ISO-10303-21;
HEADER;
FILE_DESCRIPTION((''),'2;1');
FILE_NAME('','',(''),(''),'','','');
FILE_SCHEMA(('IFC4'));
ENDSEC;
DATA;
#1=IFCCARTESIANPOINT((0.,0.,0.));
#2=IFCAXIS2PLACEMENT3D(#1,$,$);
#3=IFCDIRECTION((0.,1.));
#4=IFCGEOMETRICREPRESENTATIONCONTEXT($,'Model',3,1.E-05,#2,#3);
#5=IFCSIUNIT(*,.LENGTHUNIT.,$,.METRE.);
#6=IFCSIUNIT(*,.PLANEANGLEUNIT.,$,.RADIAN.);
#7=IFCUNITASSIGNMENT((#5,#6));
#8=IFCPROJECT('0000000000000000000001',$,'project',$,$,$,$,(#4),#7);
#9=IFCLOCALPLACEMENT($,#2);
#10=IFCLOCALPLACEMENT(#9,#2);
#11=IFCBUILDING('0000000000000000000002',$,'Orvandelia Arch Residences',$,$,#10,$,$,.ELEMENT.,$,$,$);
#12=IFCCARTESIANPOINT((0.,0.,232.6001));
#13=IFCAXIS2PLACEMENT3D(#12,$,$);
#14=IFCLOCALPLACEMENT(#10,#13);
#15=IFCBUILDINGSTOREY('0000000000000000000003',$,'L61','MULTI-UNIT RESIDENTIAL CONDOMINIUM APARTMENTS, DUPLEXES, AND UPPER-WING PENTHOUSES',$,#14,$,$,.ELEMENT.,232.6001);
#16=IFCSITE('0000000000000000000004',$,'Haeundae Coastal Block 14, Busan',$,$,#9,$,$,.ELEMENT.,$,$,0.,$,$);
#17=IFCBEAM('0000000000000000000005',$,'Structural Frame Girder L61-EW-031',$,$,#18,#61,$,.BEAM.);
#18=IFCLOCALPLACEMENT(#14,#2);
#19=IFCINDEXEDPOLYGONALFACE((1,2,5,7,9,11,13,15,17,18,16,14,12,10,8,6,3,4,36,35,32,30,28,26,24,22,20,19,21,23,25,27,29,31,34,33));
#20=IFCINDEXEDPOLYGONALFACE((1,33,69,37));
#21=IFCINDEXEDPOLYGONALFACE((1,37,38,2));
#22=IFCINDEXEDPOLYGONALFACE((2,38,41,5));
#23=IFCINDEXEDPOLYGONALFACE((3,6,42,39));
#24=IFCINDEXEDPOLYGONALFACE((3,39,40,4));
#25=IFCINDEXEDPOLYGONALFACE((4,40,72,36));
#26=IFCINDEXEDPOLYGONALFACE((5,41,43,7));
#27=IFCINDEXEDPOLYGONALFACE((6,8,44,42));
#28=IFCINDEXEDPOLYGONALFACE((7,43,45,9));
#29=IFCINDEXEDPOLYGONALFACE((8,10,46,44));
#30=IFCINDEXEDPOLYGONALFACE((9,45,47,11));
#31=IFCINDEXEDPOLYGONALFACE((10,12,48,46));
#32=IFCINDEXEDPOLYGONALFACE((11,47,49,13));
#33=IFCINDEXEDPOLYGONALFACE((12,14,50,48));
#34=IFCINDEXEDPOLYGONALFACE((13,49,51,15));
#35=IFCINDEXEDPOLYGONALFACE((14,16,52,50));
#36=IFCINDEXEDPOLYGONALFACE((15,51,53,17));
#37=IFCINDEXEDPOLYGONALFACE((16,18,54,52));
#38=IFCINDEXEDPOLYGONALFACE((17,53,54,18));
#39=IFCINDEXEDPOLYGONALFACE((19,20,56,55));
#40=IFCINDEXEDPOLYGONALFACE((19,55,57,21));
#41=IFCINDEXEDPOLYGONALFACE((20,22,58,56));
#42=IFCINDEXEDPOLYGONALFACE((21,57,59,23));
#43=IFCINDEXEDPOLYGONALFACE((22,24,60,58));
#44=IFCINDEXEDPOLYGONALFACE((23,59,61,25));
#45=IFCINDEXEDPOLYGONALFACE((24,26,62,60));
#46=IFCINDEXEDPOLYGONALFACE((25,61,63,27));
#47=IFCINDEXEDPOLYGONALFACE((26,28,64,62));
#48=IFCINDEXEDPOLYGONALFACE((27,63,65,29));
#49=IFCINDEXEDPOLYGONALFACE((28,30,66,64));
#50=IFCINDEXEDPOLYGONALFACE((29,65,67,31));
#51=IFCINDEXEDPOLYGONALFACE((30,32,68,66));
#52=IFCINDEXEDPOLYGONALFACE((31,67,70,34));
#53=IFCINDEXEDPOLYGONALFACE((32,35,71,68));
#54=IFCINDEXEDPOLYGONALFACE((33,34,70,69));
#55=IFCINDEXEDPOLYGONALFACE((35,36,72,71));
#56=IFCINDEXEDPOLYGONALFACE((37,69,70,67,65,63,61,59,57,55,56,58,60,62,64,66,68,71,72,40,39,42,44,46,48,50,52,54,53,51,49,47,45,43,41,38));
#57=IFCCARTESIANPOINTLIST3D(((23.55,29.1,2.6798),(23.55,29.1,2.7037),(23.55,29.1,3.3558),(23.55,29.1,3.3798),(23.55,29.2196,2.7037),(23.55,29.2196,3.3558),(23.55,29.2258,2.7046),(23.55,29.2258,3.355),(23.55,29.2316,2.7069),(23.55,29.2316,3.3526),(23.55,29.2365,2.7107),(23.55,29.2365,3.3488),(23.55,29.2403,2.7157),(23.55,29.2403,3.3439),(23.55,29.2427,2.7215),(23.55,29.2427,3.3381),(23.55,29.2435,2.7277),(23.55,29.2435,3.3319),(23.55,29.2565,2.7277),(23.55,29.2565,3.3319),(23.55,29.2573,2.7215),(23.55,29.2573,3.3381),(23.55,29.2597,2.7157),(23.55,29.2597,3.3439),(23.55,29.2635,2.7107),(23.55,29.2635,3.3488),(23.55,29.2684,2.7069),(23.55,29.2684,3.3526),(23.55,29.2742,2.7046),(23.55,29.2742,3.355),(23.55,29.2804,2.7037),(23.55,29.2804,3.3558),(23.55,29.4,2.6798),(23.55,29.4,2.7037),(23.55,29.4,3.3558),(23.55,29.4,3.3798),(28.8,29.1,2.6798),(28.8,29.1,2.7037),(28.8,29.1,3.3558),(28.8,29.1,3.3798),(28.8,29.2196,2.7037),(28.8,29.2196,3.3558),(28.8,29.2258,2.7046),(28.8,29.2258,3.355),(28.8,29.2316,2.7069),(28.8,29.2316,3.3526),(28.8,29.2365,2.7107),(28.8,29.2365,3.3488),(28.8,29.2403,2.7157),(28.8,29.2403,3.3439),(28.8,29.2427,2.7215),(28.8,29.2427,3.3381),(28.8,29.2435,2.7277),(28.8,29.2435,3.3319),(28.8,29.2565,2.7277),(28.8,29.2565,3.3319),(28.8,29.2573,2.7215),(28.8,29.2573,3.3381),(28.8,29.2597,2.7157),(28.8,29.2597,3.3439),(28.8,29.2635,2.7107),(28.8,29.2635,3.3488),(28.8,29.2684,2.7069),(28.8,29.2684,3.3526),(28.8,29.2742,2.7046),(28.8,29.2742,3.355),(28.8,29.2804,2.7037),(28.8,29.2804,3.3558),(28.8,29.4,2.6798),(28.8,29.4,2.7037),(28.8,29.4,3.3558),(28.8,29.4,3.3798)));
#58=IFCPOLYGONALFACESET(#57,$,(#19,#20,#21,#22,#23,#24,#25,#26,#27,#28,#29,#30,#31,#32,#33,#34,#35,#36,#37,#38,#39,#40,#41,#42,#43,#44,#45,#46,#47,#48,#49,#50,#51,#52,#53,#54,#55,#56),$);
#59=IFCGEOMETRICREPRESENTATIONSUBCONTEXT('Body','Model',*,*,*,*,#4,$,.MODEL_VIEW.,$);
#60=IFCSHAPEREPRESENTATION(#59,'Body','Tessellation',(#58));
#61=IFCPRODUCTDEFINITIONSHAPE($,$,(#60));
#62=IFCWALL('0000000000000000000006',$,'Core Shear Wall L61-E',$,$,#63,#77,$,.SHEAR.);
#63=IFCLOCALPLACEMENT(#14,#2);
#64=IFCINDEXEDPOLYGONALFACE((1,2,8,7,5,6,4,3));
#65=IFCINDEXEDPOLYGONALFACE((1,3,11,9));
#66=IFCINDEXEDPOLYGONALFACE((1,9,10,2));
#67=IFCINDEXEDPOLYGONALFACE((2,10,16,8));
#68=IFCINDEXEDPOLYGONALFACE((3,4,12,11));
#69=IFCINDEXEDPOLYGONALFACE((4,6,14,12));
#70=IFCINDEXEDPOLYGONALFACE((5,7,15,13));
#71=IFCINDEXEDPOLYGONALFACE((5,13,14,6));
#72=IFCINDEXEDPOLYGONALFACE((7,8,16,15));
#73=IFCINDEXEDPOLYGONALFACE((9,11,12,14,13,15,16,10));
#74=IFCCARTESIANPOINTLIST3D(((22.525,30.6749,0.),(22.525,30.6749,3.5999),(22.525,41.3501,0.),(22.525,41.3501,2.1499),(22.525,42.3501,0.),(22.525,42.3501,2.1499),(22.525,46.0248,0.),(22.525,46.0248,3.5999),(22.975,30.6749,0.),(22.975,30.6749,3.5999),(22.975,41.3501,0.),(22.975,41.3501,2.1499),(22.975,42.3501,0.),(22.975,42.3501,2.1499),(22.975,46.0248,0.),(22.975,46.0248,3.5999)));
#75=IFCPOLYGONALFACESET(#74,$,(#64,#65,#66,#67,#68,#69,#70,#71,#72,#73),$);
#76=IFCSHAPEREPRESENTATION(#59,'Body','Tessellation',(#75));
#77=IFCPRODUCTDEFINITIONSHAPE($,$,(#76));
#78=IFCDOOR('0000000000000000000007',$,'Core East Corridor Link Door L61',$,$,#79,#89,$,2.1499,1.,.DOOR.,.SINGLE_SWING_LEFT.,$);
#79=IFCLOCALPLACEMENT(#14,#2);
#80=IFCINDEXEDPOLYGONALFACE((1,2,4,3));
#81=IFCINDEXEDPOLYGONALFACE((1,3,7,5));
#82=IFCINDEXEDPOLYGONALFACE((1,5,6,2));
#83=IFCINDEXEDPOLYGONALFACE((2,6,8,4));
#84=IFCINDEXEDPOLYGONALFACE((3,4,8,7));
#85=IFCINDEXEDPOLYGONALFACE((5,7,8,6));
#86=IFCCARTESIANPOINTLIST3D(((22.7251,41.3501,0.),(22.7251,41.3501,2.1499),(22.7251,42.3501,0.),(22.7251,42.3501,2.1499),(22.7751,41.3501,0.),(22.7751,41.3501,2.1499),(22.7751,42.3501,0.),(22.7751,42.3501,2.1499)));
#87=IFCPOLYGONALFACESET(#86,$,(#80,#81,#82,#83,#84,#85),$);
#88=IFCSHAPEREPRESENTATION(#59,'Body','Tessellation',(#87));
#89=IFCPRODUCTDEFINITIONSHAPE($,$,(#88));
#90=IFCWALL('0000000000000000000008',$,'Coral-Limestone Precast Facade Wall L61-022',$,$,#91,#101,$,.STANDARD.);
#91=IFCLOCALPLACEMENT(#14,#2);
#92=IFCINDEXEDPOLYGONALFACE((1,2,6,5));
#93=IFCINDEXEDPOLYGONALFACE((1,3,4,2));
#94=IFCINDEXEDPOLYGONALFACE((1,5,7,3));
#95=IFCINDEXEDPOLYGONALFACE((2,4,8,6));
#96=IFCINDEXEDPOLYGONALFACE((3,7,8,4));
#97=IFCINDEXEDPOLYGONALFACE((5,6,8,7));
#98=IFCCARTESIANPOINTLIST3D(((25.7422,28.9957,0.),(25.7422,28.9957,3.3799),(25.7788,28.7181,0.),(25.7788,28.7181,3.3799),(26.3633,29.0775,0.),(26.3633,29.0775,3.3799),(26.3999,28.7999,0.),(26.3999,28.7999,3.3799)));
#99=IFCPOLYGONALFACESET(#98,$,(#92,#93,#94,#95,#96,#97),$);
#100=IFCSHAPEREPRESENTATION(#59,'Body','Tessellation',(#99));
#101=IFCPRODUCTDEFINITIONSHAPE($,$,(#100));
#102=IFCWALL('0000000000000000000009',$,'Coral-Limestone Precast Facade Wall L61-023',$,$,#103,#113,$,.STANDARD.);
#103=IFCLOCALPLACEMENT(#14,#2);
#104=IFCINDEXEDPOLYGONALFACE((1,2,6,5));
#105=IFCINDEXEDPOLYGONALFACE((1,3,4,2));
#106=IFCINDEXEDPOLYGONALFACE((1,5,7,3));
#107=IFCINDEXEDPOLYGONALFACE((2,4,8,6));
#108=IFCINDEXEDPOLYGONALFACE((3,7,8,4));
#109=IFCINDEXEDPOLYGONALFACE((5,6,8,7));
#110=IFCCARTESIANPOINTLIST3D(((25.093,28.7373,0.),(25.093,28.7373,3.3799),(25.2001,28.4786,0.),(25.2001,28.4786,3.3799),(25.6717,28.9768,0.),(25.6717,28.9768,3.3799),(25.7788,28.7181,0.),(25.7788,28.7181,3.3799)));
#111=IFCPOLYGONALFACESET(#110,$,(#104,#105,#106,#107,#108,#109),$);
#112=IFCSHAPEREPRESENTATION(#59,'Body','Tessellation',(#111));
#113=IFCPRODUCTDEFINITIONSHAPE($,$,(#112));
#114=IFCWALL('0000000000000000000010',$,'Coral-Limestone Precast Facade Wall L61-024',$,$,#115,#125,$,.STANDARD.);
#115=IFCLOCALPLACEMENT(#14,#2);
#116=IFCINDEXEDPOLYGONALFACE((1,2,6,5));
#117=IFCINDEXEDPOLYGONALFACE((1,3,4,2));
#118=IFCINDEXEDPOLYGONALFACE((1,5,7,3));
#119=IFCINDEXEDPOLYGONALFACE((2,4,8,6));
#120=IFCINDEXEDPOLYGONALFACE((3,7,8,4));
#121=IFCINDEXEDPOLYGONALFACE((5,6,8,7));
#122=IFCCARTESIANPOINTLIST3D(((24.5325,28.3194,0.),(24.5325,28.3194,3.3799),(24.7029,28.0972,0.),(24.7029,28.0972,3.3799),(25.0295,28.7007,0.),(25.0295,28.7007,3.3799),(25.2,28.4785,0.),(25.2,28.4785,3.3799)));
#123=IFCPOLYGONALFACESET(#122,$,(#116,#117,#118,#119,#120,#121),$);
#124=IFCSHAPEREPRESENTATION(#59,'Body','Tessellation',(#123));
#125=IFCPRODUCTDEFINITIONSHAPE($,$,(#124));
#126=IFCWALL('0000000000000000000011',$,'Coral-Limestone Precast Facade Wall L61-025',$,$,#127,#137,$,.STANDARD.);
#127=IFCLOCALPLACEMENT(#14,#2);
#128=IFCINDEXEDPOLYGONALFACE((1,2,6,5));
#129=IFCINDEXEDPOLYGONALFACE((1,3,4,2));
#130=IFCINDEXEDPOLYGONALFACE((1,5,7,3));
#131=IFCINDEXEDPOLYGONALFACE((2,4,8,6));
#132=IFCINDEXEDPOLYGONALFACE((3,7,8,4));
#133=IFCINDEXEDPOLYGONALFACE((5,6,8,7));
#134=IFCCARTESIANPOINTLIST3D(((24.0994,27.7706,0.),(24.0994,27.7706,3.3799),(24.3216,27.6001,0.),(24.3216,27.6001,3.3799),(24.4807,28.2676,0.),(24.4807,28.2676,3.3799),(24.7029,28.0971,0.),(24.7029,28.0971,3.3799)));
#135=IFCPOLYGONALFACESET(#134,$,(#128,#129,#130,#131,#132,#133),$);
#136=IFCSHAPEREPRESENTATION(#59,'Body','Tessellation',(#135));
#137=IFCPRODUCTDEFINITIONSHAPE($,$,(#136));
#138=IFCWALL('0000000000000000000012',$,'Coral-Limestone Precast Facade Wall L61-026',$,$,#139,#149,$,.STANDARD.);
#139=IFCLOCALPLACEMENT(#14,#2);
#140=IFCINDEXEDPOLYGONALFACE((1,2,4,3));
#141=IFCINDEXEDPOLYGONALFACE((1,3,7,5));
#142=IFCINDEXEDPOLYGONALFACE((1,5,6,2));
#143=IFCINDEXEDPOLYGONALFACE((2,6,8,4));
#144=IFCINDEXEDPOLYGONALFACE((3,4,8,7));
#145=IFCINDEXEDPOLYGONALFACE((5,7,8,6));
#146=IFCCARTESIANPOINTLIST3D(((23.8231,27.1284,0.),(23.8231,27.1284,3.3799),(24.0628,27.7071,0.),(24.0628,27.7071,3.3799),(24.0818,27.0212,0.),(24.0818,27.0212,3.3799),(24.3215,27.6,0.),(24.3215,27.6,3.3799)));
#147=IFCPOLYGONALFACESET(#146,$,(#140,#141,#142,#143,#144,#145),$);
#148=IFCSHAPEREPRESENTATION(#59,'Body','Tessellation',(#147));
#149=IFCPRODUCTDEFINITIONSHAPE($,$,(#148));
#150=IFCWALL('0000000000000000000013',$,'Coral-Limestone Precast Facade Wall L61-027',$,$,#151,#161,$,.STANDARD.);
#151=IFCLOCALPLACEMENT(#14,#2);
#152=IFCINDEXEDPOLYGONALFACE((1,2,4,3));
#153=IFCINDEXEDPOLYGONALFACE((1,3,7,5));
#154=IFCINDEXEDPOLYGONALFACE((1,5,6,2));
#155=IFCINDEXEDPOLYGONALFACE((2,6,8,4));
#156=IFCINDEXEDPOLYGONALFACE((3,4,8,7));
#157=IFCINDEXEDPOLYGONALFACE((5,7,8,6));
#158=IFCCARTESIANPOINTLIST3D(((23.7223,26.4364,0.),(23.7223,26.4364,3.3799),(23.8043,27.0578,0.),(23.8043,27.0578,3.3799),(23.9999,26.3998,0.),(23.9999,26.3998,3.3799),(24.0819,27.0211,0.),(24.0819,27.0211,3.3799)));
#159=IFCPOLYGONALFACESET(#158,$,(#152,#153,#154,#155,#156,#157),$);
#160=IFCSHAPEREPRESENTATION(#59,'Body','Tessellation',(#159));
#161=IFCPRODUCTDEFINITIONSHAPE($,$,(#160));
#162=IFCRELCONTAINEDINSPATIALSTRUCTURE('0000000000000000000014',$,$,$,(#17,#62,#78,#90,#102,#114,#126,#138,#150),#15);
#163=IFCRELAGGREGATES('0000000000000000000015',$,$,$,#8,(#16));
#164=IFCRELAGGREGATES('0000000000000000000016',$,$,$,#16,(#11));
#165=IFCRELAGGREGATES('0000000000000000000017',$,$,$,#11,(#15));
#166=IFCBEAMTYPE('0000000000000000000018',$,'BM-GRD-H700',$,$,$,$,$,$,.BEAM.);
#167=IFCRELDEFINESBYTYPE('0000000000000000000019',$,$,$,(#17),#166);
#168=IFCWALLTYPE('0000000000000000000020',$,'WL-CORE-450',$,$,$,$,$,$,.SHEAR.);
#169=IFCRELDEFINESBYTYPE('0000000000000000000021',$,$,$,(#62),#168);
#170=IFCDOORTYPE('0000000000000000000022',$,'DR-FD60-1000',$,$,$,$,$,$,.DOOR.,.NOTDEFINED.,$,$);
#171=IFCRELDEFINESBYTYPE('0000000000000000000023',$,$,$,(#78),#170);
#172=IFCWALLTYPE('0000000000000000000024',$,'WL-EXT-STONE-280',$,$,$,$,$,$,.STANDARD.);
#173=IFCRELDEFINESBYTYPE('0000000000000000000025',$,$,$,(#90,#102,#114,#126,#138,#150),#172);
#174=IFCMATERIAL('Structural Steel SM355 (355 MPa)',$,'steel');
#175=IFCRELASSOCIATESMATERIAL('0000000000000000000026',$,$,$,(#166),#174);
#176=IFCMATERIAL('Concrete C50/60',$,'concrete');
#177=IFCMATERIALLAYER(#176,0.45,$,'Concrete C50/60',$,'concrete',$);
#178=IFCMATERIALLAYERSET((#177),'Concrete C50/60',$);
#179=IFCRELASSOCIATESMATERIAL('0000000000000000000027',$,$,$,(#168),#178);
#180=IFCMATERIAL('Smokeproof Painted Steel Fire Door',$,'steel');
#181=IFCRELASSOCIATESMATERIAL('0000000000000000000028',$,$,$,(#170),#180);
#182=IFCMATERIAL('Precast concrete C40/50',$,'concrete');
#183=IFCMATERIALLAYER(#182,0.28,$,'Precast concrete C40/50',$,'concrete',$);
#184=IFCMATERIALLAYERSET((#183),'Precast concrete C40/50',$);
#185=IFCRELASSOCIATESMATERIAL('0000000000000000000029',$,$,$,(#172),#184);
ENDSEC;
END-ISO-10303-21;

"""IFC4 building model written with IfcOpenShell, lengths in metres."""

from ifc_helpers import new_model, si_unit, direction, frame, frame_2d, origin, origin_2d, place, context, subcontext, project, spatial, rectangle, i_section, extrude, material, layer, layer_set, material_profile, profile_set, type_object, element, fill, save


model = new_model("IFC4")

# Units and contexts
model_context = context("Model", 3, precision=1e-05, world=origin(), true_north=direction((0.0, 1.0)))
body_context = subcontext(model_context, "Body", "Model", "MODEL_VIEW")
ifc_project = project(units=[si_unit("LENGTHUNIT", "METRE"), si_unit("PLANEANGLEUNIT", "RADIAN")], contexts=[model_context])

# Site, building, storey
site_placement = place(None, origin())
site = spatial("IfcSite", under=ifc_project, at=site_placement, Name="Haeundae Coastal Block 14, Busan", CompositionType="ELEMENT", RefElevation=0.0)
building_placement = place(site_placement, origin())
building = spatial("IfcBuilding", under=site, at=building_placement, Name="Orvandelia Arch Residences", CompositionType="ELEMENT")
storey_placement = place(building_placement, frame((0.0, 0.0, 232.6001)))
storey = spatial("IfcBuildingStorey", under=building, at=storey_placement, Name="L61", Description="MULTI-UNIT RESIDENTIAL CONDOMINIUM APARTMENTS, DUPLEXES, AND UPPER-WING PENTHOUSES", CompositionType="ELEMENT", Elevation=232.6001)

# Beam
ifc_material_1 = material(Name="Structural Steel SM355 (355 MPa)", Category="steel")
ifc_material_profile_1 = material_profile(ifc_material_1, i_section(OverallWidth=0.3, OverallDepth=0.7, WebThickness=0.0129, FlangeThickness=0.0239, FilletRadius=0.0239, at=origin_2d()), Name="Structural Steel SM355 (355 MPa)", Category="steel")
ifc_profile_set_1 = profile_set([ifc_material_profile_1], Name="Structural Steel SM355 (355 MPa)")
beam_type = type_object("IfcBeamType", Name="BM-GRD-H700", PredefinedType="BEAM", material=ifc_profile_set_1)
beam_1_placement = place(storey_placement, frame((23.55, 29.25, 3.0298), z_axis=(1.0, 0.0, 0.0), x_axis=(0.0, 1.0, 0.0)))
element("IfcBeam", 1, at=beam_1_placement, inside=storey, type_object=beam_type, Name="Structural Frame Girder L61-EW-031", PredefinedType="BEAM", context=body_context, shape_type="SweptSolid", body=[
    extrude(i_section(OverallWidth=0.3, OverallDepth=0.7, WebThickness=0.0129, FlangeThickness=0.0239, FilletRadius=0.0239, at=origin_2d()), origin(), (0.0, 0.0, 1.0), 5.25),
])

# Wall, opening, door
ifc_material_2 = material(Name="Concrete C50/60", Category="concrete")
ifc_layer_1 = layer(ifc_material_2, 0.45, Name="Concrete C50/60", Category="concrete")
ifc_layer_set_1 = layer_set([ifc_layer_1], Name="Concrete C50/60")
wall_type_1 = type_object("IfcWallType", Name="WL-CORE-450", PredefinedType="SHEAR", material=ifc_layer_set_1)
wall_1_placement = place(storey_placement, frame((22.75, 30.675, 0.0), z_axis=(0.0, 0.0, 1.0), x_axis=(0.0, 1.0, 0.0)))
wall_1 = element("IfcWall", 2, at=wall_1_placement, inside=storey, type_object=wall_type_1, Name="Core Shear Wall L61-E", PredefinedType="SHEAR", context=body_context, shape_type="SweptSolid", body=[
    extrude(rectangle(XDim=15.3499, YDim=0.45, at=frame_2d((7.6748, 0.0))), origin(), (0.0, 0.0, 1.0), 3.5999),
])
opening_1_placement = place(wall_1_placement, frame((10.675, 0.0, 0.0)))
opening_1 = element("IfcOpeningElement", 3, at=opening_1_placement, cuts=wall_1, PredefinedType="OPENING", context=body_context, shape_type="SweptSolid", body=[
    extrude(rectangle(XDim=1.0, YDim=2.1499, at=frame_2d((0.5, 1.075))), frame((0.0, 0.2349, 0.0), z_axis=(0.0, -1.0, 0.0), x_axis=(1.0, 0.0, 0.0)), (0.0, 0.0, 1.0), 0.47),
])
ifc_material_3 = material(Name="Smokeproof Painted Steel Fire Door", Category="steel")
door_type = type_object("IfcDoorType", Name="DR-FD60-1000", OperationType="NOTDEFINED", PredefinedType="DOOR", material=ifc_material_3)
door_placement = place(opening_1_placement, origin())
door = element("IfcDoor", 4, at=door_placement, inside=storey, type_object=door_type, Name="Core East Corridor Link Door L61", OperationType="SINGLE_SWING_LEFT", OverallHeight=2.1499, OverallWidth=1.0, PredefinedType="DOOR", context=body_context, shape_type="SweptSolid", body=[
    extrude(rectangle(XDim=1.0, YDim=2.1499, at=frame_2d((0.5, 1.075))), frame((0.0, 0.0249, 0.0), z_axis=(0.0, -1.0, 0.0), x_axis=(1.0, 0.0, 0.0)), (0.0, 0.0, 1.0), 0.05),
])
fill(opening_1, door)

# Walls
ifc_material_4 = material(Name="Precast concrete C40/50", Category="concrete")
ifc_layer_2 = layer(ifc_material_4, 0.28, Name="Precast concrete C40/50", Category="concrete")
ifc_layer_set_2 = layer_set([ifc_layer_2], Name="Precast concrete C40/50")
wall_type_2 = type_object("IfcWallType", Name="WL-EXT-STONE-280", PredefinedType="STANDARD", material=ifc_layer_set_2)
wall_2_placement = place(storey_placement, frame((26.3816, 28.9387, 0.0), z_axis=(0.0, 0.0, 1.0), x_axis=(-0.991441, -0.130555, 0.0)))
element("IfcWall", 5, at=wall_2_placement, inside=storey, type_object=wall_type_2, Name="Coral-Limestone Precast Facade Wall L61-022", PredefinedType="STANDARD", context=body_context, shape_type="SweptSolid", body=[
    extrude(rectangle(XDim=0.6265, YDim=0.28, at=frame_2d((0.3132, 0.0))), origin(), (0.0, 0.0, 1.0), 3.3799),
])
wall_3_placement = place(storey_placement, frame((25.7251, 28.8474, 0.0), z_axis=(0.0, 0.0, 1.0), x_axis=(-0.923974, -0.382455, 0.0)))
element("IfcWall", 6, at=wall_3_placement, inside=storey, type_object=wall_type_2, Name="Coral-Limestone Precast Facade Wall L61-023", PredefinedType="STANDARD", context=body_context, shape_type="SweptSolid", body=[
    extrude(rectangle(XDim=0.6262, YDim=0.28, at=frame_2d((0.313, 0.0))), origin(), (0.0, 0.0, 1.0), 3.3799),
])
for number, where, z_axis, x_axis, name in (
    (7, (25.1147, 28.5896, 0.0), (0.0, 0.0, 1.0), (-0.793406, -0.608693, 0.0), "Coral-Limestone Precast Facade Wall L61-024"),
    (8, (24.5918, 28.1824, 0.0), (0.0, 0.0, 1.0), (-0.608693, -0.793406, 0.0), "Coral-Limestone Precast Facade Wall L61-025"),
    (9, (24.1921, 27.6536, 0.0), (0.0, 0.0, 1.0), (-0.38265, -0.923893, 0.0), "Coral-Limestone Precast Facade Wall L61-026"),
):
    element("IfcWall", number, at=place(storey_placement, frame(where, z_axis=z_axis, x_axis=x_axis)), inside=storey, type_object=wall_type_2, Name=name, PredefinedType="STANDARD", context=body_context, shape_type="SweptSolid", body=[
        extrude(rectangle(XDim=0.6265, YDim=0.28, at=frame_2d((0.3132, 0.0))), origin(), (0.0, 0.0, 1.0), 3.3799),
    ])
wall_4_placement = place(storey_placement, frame((23.9431, 27.0396, 0.0), z_axis=(0.0, 0.0, 1.0), x_axis=(-0.130888, -0.991397, 0.0)))
element("IfcWall", 10, at=wall_4_placement, inside=storey, type_object=wall_type_2, Name="Coral-Limestone Precast Facade Wall L61-027", PredefinedType="STANDARD", context=body_context, shape_type="SweptSolid", body=[
    extrude(rectangle(XDim=0.6267, YDim=0.28, at=frame_2d((0.3135, 0.0))), origin(), (0.0, 0.0, 1.0), 3.3799),
])

save(model, "model.ifc")
